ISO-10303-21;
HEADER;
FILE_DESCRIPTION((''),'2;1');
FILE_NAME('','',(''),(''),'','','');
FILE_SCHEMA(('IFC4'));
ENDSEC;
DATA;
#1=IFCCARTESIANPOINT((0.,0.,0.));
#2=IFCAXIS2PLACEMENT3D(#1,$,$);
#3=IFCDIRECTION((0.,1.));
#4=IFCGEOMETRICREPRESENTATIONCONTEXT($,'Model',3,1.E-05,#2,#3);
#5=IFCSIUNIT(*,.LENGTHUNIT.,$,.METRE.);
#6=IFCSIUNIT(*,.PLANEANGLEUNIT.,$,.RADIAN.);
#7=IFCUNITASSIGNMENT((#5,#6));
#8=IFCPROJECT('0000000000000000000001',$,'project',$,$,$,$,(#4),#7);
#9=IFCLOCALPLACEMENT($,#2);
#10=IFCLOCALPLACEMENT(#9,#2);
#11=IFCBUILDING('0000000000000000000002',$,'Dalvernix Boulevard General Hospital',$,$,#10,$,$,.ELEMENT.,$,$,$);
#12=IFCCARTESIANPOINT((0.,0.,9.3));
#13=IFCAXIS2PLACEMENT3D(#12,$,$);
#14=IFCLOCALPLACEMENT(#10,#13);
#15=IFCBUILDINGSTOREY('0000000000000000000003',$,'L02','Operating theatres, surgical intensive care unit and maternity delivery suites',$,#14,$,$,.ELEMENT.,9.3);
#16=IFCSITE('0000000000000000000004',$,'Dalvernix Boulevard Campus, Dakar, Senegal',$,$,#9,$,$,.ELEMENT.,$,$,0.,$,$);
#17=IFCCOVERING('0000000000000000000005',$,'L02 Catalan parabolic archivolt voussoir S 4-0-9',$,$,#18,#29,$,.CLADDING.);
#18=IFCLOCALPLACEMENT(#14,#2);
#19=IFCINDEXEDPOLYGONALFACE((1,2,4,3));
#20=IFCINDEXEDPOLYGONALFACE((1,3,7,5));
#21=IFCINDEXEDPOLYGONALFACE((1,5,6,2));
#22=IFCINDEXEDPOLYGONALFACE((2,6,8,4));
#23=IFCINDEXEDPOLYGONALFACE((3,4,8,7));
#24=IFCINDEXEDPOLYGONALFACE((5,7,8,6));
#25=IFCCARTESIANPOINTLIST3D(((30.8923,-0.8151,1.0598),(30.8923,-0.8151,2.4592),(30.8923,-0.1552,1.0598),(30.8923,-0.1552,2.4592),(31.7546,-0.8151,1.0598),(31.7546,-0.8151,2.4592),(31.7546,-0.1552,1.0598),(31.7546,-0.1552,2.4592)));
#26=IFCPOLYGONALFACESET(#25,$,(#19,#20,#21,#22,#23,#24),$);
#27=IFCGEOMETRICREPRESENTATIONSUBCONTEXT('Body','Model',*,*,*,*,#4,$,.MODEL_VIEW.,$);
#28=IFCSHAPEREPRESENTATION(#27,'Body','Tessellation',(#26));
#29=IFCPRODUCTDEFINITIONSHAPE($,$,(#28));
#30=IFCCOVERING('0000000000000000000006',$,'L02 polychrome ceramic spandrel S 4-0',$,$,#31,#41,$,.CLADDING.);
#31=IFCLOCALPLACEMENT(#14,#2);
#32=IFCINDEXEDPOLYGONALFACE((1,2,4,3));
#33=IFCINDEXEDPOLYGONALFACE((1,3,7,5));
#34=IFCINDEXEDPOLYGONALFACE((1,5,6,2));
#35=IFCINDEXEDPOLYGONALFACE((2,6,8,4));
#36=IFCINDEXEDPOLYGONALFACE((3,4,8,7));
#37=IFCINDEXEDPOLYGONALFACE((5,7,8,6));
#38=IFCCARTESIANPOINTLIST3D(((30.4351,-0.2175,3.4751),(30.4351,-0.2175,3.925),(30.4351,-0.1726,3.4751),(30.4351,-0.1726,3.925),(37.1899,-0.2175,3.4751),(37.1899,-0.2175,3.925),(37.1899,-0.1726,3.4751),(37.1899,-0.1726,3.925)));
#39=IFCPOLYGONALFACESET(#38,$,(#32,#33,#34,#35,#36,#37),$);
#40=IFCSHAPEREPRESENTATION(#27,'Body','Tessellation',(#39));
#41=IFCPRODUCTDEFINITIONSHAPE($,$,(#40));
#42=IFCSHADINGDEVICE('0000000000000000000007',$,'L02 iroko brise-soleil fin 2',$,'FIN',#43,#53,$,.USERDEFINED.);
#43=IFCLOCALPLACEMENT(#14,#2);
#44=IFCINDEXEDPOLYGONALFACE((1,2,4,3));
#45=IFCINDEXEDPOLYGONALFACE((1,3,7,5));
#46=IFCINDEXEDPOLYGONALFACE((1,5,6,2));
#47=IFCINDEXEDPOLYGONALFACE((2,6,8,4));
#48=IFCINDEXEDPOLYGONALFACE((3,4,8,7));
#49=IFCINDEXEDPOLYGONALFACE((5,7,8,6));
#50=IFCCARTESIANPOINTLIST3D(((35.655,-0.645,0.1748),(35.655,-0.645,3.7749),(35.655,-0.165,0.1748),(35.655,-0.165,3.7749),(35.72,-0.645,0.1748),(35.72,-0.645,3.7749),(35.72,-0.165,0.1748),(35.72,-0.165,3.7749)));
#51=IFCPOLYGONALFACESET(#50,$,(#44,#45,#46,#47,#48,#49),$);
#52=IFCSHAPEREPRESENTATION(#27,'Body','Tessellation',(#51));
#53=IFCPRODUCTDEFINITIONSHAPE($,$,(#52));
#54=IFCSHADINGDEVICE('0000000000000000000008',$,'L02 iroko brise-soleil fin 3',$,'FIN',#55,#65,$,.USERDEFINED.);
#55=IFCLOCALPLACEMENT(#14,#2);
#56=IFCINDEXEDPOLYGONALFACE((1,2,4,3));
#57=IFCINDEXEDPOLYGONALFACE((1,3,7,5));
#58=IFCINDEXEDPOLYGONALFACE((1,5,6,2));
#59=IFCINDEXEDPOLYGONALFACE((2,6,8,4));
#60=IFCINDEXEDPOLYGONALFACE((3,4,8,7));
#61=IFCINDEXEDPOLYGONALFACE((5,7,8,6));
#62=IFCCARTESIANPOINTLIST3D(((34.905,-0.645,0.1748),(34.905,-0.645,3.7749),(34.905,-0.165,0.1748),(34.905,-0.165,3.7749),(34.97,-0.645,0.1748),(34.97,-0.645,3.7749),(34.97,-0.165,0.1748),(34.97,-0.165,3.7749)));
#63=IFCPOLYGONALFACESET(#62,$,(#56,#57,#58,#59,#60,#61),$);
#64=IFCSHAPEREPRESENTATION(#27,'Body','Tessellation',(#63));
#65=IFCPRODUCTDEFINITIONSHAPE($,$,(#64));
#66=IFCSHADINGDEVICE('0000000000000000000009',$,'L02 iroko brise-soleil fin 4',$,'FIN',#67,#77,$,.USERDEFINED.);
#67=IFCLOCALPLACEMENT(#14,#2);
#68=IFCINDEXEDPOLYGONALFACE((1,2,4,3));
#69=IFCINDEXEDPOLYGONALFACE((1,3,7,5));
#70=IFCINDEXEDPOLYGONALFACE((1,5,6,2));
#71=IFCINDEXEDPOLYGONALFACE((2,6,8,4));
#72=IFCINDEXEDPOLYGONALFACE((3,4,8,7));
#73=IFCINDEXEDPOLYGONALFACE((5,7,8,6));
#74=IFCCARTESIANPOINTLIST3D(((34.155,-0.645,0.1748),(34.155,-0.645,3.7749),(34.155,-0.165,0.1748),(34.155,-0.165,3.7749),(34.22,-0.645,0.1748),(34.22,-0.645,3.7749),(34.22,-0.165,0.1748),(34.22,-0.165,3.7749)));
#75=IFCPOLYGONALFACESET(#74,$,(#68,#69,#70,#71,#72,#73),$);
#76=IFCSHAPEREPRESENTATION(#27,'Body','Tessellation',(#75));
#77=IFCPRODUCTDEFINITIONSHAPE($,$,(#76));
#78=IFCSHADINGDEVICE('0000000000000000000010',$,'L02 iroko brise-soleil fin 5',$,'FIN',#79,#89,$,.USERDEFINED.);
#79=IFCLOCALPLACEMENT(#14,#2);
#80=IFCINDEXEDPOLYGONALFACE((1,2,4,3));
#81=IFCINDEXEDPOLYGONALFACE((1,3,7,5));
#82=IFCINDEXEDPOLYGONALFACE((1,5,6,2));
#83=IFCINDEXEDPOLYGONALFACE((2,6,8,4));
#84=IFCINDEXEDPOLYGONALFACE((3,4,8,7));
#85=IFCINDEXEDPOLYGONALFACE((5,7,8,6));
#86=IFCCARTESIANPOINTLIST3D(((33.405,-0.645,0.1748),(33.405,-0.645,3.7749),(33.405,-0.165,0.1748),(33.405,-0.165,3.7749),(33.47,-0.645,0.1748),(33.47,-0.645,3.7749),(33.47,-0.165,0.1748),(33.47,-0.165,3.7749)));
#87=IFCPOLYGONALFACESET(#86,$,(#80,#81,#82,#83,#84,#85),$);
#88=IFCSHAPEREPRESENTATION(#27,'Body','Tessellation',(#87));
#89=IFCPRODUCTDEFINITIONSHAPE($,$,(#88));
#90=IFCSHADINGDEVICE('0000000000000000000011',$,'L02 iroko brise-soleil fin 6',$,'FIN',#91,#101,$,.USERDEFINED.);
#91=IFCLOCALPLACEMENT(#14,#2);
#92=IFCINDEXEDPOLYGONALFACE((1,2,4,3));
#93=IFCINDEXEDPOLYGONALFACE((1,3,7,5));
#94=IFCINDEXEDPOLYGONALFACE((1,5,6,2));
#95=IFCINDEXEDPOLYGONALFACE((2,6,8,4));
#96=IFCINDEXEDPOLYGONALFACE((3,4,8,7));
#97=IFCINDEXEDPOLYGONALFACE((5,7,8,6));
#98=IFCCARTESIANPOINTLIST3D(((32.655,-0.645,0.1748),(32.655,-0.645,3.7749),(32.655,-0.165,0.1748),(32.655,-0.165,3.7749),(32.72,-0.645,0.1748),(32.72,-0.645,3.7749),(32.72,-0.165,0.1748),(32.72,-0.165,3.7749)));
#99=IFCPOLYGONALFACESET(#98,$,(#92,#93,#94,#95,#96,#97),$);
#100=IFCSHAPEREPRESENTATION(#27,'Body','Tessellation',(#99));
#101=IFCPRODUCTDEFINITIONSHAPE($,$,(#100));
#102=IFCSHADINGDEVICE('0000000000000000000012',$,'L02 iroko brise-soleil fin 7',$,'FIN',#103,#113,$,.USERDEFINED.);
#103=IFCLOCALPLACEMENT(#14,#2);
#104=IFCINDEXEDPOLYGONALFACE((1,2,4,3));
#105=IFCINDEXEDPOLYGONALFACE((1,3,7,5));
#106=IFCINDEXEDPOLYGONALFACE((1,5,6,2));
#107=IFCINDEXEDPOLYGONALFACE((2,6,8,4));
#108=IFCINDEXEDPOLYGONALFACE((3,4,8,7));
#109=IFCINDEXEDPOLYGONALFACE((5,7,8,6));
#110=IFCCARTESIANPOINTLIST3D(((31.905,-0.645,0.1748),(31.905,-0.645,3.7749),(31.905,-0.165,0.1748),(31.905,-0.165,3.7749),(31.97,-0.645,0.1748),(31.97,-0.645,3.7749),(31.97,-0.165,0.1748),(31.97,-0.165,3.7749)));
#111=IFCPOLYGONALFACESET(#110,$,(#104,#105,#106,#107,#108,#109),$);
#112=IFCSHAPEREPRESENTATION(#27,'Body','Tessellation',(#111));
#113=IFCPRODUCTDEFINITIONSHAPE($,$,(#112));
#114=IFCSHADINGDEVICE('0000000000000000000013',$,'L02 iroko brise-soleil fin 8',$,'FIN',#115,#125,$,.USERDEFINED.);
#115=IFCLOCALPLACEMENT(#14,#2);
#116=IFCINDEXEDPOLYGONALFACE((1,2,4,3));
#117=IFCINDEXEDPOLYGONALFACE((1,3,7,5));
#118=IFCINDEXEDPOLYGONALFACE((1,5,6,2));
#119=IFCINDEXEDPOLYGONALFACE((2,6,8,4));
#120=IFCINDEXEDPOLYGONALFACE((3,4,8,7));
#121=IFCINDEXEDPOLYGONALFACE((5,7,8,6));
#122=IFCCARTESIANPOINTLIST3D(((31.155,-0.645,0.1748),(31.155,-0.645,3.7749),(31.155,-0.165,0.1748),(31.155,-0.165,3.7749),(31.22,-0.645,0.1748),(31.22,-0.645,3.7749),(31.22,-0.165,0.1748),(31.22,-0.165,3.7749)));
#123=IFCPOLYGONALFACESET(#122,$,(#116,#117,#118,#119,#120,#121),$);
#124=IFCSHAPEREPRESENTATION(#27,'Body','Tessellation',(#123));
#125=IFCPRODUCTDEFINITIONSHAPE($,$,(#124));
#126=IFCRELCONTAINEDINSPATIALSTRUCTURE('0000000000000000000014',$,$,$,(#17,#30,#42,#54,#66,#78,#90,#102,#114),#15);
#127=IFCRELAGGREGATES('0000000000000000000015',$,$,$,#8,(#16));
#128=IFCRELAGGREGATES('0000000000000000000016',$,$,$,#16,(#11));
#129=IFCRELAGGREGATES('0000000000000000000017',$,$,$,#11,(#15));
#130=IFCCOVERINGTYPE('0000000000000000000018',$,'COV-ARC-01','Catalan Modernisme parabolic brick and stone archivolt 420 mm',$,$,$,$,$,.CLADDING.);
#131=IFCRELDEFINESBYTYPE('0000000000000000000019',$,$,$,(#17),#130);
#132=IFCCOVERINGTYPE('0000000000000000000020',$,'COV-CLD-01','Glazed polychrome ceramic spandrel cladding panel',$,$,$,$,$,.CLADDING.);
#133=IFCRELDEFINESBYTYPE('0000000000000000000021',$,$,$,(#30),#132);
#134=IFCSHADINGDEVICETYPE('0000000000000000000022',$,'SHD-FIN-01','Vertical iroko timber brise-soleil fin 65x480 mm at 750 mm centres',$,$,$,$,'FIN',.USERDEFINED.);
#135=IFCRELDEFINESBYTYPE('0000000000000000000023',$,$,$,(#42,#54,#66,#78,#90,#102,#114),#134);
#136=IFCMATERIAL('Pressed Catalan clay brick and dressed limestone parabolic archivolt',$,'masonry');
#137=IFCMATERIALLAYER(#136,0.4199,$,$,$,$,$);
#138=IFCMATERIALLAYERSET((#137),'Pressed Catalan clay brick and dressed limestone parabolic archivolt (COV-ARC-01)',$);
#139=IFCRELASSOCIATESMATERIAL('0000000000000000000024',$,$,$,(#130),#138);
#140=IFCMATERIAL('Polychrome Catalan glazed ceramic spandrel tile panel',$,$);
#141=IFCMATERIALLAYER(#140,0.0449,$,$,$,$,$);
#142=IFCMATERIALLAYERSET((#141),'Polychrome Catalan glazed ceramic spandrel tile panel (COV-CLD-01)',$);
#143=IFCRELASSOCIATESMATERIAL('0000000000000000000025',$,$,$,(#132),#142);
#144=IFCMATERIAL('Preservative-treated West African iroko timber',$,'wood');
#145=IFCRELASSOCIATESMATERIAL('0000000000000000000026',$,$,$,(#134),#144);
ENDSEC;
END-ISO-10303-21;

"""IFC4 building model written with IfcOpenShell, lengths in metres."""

from ifc_helpers import new_model, si_unit, direction, frame, origin, origin_2d, place, context, subcontext, project, spatial, rectangle, extrude, material, layer, layer_set, type_object, element, save


model = new_model("IFC4")

# Units and contexts
model_context = context("Model", 3, precision=1e-05, world=origin(), true_north=direction((0.0, 1.0)))
body_context = subcontext(model_context, "Body", "Model", "MODEL_VIEW")
ifc_project = project(units=[si_unit("LENGTHUNIT", "METRE"), si_unit("PLANEANGLEUNIT", "RADIAN")], contexts=[model_context])

# Site, building, storey
site_placement = place(None, origin())
site = spatial("IfcSite", under=ifc_project, at=site_placement, Name="Dalvernix Boulevard Campus, Dakar, Senegal", CompositionType="ELEMENT", RefElevation=0.0)
building_placement = place(site_placement, origin())
building = spatial("IfcBuilding", under=site, at=building_placement, Name="Dalvernix Boulevard General Hospital", CompositionType="ELEMENT")
storey_placement = place(building_placement, frame((0.0, 0.0, 9.3)))
storey = spatial("IfcBuildingStorey", under=building, at=storey_placement, Name="L02", Description="Operating theatres, surgical intensive care unit and maternity delivery suites", CompositionType="ELEMENT", Elevation=9.3)

# Coverings
ifc_material_1 = material(Name="Pressed Catalan clay brick and dressed limestone parabolic archivolt", Category="masonry")
ifc_layer_1 = layer(ifc_material_1, 0.4199)
ifc_layer_set_1 = layer_set([ifc_layer_1], Name="Pressed Catalan clay brick and dressed limestone parabolic archivolt (COV-ARC-01)")
covering_type_1 = type_object("IfcCoveringType", Name="COV-ARC-01", Description="Catalan Modernisme parabolic brick and stone archivolt 420 mm", PredefinedType="CLADDING", material=ifc_layer_set_1)
covering_1_placement = place(storey_placement, frame((31.3235, -0.4851, 1.0598), z_axis=(0.0, 0.0, 1.0), x_axis=(-1.0, 0.0, 0.0)))
element("IfcCovering", 1, at=covering_1_placement, inside=storey, type_object=covering_type_1, Name="L02 Catalan parabolic archivolt voussoir S 4-0-9", PredefinedType="CLADDING", context=body_context, shape_type="SweptSolid", body=[
    extrude(rectangle(XDim=0.8623, YDim=0.6599, at=origin_2d()), origin(), (0.0, 0.0, 1.0), 1.3994),
])
ifc_material_2 = material(Name="Polychrome Catalan glazed ceramic spandrel tile panel")
ifc_layer_2 = layer(ifc_material_2, 0.0449)
ifc_layer_set_2 = layer_set([ifc_layer_2], Name="Polychrome Catalan glazed ceramic spandrel tile panel (COV-CLD-01)")
covering_type_2 = type_object("IfcCoveringType", Name="COV-CLD-01", Description="Glazed polychrome ceramic spandrel cladding panel", PredefinedType="CLADDING", material=ifc_layer_set_2)
covering_2_placement = place(storey_placement, frame((33.8125, -0.1951, 3.4751), z_axis=(0.0, 0.0, 1.0), x_axis=(-1.0, 0.0, 0.0)))
element("IfcCovering", 2, at=covering_2_placement, inside=storey, type_object=covering_type_2, Name="L02 polychrome ceramic spandrel S 4-0", PredefinedType="CLADDING", context=body_context, shape_type="SweptSolid", body=[
    extrude(rectangle(XDim=6.7549, YDim=0.0449, at=origin_2d()), origin(), (0.0, 0.0, 1.0), 0.45),
])

# Shading devices
ifc_material_3 = material(Name="Preservative-treated West African iroko timber", Category="wood")
shading_device_type = type_object("IfcShadingDeviceType", Name="SHD-FIN-01", Description="Vertical iroko timber brise-soleil fin 65x480 mm at 750 mm centres", ElementType="FIN", PredefinedType="USERDEFINED", material=ifc_material_3)
for number, where, z_axis, x_axis, name in (
    (3, (35.6875, -0.405, 0.1748), (0.0, 0.0, 1.0), (-1.0, 0.0, 0.0), "L02 iroko brise-soleil fin 2"),
    (4, (34.9375, -0.405, 0.1748), (0.0, 0.0, 1.0), (-1.0, 0.0, 0.0), "L02 iroko brise-soleil fin 3"),
    (5, (34.1875, -0.405, 0.1748), (0.0, 0.0, 1.0), (-1.0, 0.0, 0.0), "L02 iroko brise-soleil fin 4"),
    (6, (33.4375, -0.405, 0.1748), (0.0, 0.0, 1.0), (-1.0, 0.0, 0.0), "L02 iroko brise-soleil fin 5"),
    (7, (32.6875, -0.405, 0.1748), (0.0, 0.0, 1.0), (-1.0, 0.0, 0.0), "L02 iroko brise-soleil fin 6"),
    (8, (31.9375, -0.405, 0.1748), (0.0, 0.0, 1.0), (-1.0, 0.0, 0.0), "L02 iroko brise-soleil fin 7"),
    (9, (31.1875, -0.405, 0.1748), (0.0, 0.0, 1.0), (-1.0, 0.0, 0.0), "L02 iroko brise-soleil fin 8"),
):
    element("IfcShadingDevice", number, at=place(storey_placement, frame(where, z_axis=z_axis, x_axis=x_axis)), inside=storey, type_object=shading_device_type, Name=name, ObjectType="FIN", PredefinedType="USERDEFINED", context=body_context, shape_type="SweptSolid", body=[
        extrude(rectangle(XDim=0.0649, YDim=0.48, at=origin_2d()), origin(), (0.0, 0.0, 1.0), 3.6001),
    ])

save(model, "model.ifc")
